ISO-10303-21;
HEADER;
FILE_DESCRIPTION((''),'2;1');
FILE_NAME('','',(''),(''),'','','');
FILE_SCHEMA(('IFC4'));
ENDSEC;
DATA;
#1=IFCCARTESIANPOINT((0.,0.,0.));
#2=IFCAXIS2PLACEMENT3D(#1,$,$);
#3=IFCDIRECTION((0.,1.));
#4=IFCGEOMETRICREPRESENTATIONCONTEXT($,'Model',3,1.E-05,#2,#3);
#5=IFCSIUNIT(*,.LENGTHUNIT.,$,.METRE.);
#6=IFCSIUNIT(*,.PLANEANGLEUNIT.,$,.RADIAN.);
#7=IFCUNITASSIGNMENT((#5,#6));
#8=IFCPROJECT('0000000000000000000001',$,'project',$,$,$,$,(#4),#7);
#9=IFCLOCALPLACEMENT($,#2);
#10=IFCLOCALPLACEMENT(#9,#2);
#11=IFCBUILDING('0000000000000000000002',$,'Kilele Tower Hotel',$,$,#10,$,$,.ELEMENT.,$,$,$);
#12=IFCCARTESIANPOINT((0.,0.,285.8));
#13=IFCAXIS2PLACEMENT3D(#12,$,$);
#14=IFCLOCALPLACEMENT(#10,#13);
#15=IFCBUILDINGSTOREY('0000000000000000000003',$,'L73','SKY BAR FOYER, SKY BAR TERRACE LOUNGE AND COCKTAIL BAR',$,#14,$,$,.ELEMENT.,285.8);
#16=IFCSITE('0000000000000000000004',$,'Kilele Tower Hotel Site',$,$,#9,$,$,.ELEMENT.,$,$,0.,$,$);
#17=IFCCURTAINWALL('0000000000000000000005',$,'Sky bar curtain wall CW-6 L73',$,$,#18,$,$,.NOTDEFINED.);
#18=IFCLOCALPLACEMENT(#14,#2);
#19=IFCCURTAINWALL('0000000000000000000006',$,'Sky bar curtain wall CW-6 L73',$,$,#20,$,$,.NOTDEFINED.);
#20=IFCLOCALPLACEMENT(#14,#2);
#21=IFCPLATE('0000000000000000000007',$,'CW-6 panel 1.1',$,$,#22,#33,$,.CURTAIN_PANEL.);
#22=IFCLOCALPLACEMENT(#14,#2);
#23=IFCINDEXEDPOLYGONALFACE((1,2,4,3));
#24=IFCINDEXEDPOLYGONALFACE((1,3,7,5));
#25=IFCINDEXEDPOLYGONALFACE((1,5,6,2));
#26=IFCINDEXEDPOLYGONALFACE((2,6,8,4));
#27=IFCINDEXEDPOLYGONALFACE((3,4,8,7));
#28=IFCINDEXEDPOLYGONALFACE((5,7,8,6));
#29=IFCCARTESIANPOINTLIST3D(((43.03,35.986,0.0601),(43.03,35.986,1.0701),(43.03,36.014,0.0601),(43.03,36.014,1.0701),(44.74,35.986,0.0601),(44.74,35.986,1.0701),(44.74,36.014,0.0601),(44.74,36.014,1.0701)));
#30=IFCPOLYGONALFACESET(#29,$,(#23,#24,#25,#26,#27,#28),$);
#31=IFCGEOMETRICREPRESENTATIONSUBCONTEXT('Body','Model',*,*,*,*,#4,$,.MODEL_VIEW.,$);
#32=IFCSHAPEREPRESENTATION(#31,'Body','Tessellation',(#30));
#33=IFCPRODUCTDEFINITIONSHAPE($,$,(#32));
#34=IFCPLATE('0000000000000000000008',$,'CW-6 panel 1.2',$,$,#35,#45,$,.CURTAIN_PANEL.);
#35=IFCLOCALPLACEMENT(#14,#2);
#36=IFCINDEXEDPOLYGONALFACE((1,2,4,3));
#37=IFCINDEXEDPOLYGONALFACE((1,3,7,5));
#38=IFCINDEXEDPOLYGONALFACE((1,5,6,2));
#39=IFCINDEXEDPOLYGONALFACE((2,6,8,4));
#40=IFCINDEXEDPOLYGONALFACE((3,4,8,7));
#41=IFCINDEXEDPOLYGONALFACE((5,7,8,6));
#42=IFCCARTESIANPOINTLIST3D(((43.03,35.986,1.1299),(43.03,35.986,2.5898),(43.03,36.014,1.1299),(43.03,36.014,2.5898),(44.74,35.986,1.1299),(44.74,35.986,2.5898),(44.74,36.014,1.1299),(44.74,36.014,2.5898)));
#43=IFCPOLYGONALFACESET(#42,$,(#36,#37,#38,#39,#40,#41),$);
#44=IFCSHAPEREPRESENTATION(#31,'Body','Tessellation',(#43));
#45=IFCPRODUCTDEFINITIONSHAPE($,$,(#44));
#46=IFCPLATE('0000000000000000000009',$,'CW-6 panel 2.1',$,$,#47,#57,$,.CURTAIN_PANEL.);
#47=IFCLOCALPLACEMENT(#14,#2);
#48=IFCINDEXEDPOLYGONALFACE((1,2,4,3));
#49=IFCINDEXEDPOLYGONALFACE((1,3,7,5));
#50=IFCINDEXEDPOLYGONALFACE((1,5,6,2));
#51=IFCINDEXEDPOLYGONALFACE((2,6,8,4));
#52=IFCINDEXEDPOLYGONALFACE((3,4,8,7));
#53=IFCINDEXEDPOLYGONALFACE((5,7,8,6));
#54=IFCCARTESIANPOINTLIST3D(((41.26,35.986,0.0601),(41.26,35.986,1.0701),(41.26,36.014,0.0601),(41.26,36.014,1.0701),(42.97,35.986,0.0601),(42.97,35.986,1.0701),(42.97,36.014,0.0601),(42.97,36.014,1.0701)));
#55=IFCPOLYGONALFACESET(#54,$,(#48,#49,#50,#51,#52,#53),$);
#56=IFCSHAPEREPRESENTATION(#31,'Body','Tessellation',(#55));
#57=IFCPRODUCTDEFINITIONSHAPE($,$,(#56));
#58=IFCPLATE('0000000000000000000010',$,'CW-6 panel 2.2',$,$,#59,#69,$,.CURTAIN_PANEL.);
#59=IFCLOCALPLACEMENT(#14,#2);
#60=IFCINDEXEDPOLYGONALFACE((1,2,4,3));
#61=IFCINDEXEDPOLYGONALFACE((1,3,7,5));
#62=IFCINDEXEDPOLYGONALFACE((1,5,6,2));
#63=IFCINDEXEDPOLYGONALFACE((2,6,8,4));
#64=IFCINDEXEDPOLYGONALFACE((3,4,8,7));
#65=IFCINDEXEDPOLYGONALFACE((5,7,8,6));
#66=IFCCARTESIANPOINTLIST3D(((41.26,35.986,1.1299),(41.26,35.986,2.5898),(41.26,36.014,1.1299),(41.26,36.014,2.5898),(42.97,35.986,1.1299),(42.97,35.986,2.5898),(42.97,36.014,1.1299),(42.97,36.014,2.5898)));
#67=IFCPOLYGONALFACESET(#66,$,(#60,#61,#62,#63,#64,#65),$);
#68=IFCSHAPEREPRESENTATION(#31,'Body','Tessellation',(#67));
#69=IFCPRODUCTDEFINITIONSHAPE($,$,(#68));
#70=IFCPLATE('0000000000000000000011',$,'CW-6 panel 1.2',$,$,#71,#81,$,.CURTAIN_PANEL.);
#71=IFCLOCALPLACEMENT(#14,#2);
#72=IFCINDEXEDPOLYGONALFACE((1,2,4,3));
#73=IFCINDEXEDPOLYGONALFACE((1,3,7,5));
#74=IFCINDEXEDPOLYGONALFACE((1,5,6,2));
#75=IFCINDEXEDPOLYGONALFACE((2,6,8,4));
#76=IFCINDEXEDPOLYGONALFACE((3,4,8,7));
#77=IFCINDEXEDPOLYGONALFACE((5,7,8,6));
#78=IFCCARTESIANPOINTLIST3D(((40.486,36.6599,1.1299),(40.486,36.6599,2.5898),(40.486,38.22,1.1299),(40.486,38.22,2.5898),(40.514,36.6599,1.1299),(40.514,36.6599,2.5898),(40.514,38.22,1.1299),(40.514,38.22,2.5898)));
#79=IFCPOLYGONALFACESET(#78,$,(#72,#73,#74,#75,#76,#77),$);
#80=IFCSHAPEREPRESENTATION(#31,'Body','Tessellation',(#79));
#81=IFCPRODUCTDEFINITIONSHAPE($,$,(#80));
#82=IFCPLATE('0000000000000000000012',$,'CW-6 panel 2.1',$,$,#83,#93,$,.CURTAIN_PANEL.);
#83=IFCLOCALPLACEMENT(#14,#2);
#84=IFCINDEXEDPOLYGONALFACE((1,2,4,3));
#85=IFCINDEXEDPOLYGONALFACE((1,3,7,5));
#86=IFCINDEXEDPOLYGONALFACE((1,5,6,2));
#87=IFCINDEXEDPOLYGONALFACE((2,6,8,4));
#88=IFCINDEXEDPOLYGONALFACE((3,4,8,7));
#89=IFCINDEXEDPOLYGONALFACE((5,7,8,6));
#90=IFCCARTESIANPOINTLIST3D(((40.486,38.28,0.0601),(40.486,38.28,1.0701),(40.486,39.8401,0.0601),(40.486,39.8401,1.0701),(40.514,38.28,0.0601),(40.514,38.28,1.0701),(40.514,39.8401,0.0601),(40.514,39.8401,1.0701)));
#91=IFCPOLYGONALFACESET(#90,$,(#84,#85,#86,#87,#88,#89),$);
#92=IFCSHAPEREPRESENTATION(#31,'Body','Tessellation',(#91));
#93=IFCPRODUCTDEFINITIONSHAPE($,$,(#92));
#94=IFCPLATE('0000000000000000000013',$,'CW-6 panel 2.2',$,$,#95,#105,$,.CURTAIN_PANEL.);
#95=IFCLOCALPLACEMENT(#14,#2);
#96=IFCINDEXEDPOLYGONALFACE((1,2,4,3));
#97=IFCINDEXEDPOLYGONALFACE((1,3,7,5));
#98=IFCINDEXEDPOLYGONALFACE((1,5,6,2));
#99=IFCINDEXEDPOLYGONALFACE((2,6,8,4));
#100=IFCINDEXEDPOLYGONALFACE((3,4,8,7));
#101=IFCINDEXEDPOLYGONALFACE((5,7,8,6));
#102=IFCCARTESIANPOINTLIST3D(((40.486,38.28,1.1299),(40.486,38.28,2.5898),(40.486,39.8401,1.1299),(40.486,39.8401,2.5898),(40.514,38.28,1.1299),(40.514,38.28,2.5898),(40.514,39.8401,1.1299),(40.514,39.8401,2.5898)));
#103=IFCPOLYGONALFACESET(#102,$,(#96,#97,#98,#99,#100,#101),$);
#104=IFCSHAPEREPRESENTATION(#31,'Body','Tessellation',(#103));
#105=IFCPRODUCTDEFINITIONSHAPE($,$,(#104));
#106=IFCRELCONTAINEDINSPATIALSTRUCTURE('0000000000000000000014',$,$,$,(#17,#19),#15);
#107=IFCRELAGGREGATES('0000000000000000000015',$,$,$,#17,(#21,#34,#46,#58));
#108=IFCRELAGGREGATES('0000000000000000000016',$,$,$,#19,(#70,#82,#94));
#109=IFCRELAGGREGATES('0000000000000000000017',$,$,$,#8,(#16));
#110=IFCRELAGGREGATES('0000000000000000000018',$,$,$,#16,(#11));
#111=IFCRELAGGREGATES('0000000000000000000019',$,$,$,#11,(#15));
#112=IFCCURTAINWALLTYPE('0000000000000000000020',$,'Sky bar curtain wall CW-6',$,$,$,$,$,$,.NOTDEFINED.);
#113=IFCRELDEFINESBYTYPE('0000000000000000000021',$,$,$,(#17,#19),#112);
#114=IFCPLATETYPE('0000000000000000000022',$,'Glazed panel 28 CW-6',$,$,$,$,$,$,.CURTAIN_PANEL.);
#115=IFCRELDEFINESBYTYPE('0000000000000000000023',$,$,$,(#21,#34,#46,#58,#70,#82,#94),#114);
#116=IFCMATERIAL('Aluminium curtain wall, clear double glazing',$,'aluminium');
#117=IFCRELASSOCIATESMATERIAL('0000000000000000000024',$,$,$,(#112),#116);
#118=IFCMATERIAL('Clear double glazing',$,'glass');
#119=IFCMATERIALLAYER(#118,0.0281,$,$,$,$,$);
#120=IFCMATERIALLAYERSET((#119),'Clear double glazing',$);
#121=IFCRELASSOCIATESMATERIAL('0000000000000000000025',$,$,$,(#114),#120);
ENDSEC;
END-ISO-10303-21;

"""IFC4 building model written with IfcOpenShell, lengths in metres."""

from ifc_helpers import new_model, si_unit, direction, frame, origin, origin_2d, place, context, subcontext, project, spatial, rectangle, extrude, material, layer, layer_set, type_object, element, aggregate, save


model = new_model("IFC4")

# Units and contexts
model_context = context("Model", 3, precision=1e-05, world=origin(), true_north=direction((0.0, 1.0)))
body_context = subcontext(model_context, "Body", "Model", "MODEL_VIEW")
ifc_project = project(units=[si_unit("LENGTHUNIT", "METRE"), si_unit("PLANEANGLEUNIT", "RADIAN")], contexts=[model_context])

# Site, building, storey
site_placement = place(None, origin())
site = spatial("IfcSite", under=ifc_project, at=site_placement, Name="Kilele Tower Hotel Site", CompositionType="ELEMENT", RefElevation=0.0)
building_placement = place(site_placement, origin())
building = spatial("IfcBuilding", under=site, at=building_placement, Name="Kilele Tower Hotel", CompositionType="ELEMENT")
storey_placement = place(building_placement, frame((0.0, 0.0, 285.8)))
storey = spatial("IfcBuildingStorey", under=building, at=storey_placement, Name="L73", Description="SKY BAR FOYER, SKY BAR TERRACE LOUNGE AND COCKTAIL BAR", CompositionType="ELEMENT", Elevation=285.8)

# Curtain walls
ifc_material_1 = material(Name="Aluminium curtain wall, clear double glazing", Category="aluminium")
curtain_wall_type = type_object("IfcCurtainWallType", Name="Sky bar curtain wall CW-6", PredefinedType="NOTDEFINED", material=ifc_material_1)
curtain_wall_1_placement = place(storey_placement, origin())
curtain_wall_1 = element("IfcCurtainWall", 1, at=curtain_wall_1_placement, inside=storey, type_object=curtain_wall_type, Name="Sky bar curtain wall CW-6 L73", PredefinedType="NOTDEFINED")
curtain_wall_2_placement = place(storey_placement, origin())
curtain_wall_2 = element("IfcCurtainWall", 2, at=curtain_wall_2_placement, inside=storey, type_object=curtain_wall_type, Name="Sky bar curtain wall CW-6 L73", PredefinedType="NOTDEFINED")

# Plates
ifc_material_2 = material(Name="Clear double glazing", Category="glass")
ifc_layer = layer(ifc_material_2, 0.0281)
ifc_layer_set = layer_set([ifc_layer], Name="Clear double glazing")
plate_type = type_object("IfcPlateType", Name="Glazed panel 28 CW-6", PredefinedType="CURTAIN_PANEL", material=ifc_layer_set)
plate_1_placement = place(storey_placement, frame((43.885, 36.0, 0.0601), z_axis=(0.0, 0.0, 1.0), x_axis=(-1.0, 0.0, 0.0)))
plate_1 = element("IfcPlate", 3, at=plate_1_placement, type_object=plate_type, Name="CW-6 panel 1.1", PredefinedType="CURTAIN_PANEL", context=body_context, shape_type="SweptSolid", body=[
    extrude(rectangle(XDim=1.71, YDim=0.0281, at=origin_2d()), origin(), (0.0, 0.0, 1.0), 1.01),
])
plate_2_placement = place(storey_placement, frame((43.885, 36.0, 1.1299), z_axis=(0.0, 0.0, 1.0), x_axis=(-1.0, 0.0, 0.0)))
plate_2 = element("IfcPlate", 4, at=plate_2_placement, type_object=plate_type, Name="CW-6 panel 1.2", PredefinedType="CURTAIN_PANEL", context=body_context, shape_type="SweptSolid", body=[
    extrude(rectangle(XDim=1.71, YDim=0.0281, at=origin_2d()), origin(), (0.0, 0.0, 1.0), 1.46),
])
plate_3_placement = place(storey_placement, frame((42.115, 36.0, 0.0601), z_axis=(0.0, 0.0, 1.0), x_axis=(-1.0, 0.0, 0.0)))
plate_3 = element("IfcPlate", 5, at=plate_3_placement, type_object=plate_type, Name="CW-6 panel 2.1", PredefinedType="CURTAIN_PANEL", context=body_context, shape_type="SweptSolid", body=[
    extrude(rectangle(XDim=1.71, YDim=0.0281, at=origin_2d()), origin(), (0.0, 0.0, 1.0), 1.01),
])
plate_4_placement = place(storey_placement, frame((42.115, 36.0, 1.1299), z_axis=(0.0, 0.0, 1.0), x_axis=(-1.0, 0.0, 0.0)))
plate_4 = element("IfcPlate", 6, at=plate_4_placement, type_object=plate_type, Name="CW-6 panel 2.2", PredefinedType="CURTAIN_PANEL", context=body_context, shape_type="SweptSolid", body=[
    extrude(rectangle(XDim=1.71, YDim=0.0281, at=origin_2d()), origin(), (0.0, 0.0, 1.0), 1.46),
])
aggregate(curtain_wall_1, [plate_1, plate_2, plate_3, plate_4])
plate_5_placement = place(storey_placement, frame((40.5, 37.4399, 1.1299), z_axis=(0.0, 0.0, 1.0), x_axis=(0.0, 1.0, 0.0)))
plate_5 = element("IfcPlate", 7, at=plate_5_placement, type_object=plate_type, Name="CW-6 panel 1.2", PredefinedType="CURTAIN_PANEL", context=body_context, shape_type="SweptSolid", body=[
    extrude(rectangle(XDim=1.5601, YDim=0.0281, at=origin_2d()), origin(), (0.0, 0.0, 1.0), 1.46),
])
plate_6_placement = place(storey_placement, frame((40.5, 39.0601, 0.0601), z_axis=(0.0, 0.0, 1.0), x_axis=(0.0, 1.0, 0.0)))
plate_6 = element("IfcPlate", 8, at=plate_6_placement, type_object=plate_type, Name="CW-6 panel 2.1", PredefinedType="CURTAIN_PANEL", context=body_context, shape_type="SweptSolid", body=[
    extrude(rectangle(XDim=1.5601, YDim=0.0281, at=origin_2d()), origin(), (0.0, 0.0, 1.0), 1.01),
])
plate_7_placement = place(storey_placement, frame((40.5, 39.0601, 1.1299), z_axis=(0.0, 0.0, 1.0), x_axis=(0.0, 1.0, 0.0)))
plate_7 = element("IfcPlate", 9, at=plate_7_placement, type_object=plate_type, Name="CW-6 panel 2.2", PredefinedType="CURTAIN_PANEL", context=body_context, shape_type="SweptSolid", body=[
    extrude(rectangle(XDim=1.5601, YDim=0.0281, at=origin_2d()), origin(), (0.0, 0.0, 1.0), 1.46),
])
aggregate(curtain_wall_2, [plate_5, plate_6, plate_7])

save(model, "model.ifc")
